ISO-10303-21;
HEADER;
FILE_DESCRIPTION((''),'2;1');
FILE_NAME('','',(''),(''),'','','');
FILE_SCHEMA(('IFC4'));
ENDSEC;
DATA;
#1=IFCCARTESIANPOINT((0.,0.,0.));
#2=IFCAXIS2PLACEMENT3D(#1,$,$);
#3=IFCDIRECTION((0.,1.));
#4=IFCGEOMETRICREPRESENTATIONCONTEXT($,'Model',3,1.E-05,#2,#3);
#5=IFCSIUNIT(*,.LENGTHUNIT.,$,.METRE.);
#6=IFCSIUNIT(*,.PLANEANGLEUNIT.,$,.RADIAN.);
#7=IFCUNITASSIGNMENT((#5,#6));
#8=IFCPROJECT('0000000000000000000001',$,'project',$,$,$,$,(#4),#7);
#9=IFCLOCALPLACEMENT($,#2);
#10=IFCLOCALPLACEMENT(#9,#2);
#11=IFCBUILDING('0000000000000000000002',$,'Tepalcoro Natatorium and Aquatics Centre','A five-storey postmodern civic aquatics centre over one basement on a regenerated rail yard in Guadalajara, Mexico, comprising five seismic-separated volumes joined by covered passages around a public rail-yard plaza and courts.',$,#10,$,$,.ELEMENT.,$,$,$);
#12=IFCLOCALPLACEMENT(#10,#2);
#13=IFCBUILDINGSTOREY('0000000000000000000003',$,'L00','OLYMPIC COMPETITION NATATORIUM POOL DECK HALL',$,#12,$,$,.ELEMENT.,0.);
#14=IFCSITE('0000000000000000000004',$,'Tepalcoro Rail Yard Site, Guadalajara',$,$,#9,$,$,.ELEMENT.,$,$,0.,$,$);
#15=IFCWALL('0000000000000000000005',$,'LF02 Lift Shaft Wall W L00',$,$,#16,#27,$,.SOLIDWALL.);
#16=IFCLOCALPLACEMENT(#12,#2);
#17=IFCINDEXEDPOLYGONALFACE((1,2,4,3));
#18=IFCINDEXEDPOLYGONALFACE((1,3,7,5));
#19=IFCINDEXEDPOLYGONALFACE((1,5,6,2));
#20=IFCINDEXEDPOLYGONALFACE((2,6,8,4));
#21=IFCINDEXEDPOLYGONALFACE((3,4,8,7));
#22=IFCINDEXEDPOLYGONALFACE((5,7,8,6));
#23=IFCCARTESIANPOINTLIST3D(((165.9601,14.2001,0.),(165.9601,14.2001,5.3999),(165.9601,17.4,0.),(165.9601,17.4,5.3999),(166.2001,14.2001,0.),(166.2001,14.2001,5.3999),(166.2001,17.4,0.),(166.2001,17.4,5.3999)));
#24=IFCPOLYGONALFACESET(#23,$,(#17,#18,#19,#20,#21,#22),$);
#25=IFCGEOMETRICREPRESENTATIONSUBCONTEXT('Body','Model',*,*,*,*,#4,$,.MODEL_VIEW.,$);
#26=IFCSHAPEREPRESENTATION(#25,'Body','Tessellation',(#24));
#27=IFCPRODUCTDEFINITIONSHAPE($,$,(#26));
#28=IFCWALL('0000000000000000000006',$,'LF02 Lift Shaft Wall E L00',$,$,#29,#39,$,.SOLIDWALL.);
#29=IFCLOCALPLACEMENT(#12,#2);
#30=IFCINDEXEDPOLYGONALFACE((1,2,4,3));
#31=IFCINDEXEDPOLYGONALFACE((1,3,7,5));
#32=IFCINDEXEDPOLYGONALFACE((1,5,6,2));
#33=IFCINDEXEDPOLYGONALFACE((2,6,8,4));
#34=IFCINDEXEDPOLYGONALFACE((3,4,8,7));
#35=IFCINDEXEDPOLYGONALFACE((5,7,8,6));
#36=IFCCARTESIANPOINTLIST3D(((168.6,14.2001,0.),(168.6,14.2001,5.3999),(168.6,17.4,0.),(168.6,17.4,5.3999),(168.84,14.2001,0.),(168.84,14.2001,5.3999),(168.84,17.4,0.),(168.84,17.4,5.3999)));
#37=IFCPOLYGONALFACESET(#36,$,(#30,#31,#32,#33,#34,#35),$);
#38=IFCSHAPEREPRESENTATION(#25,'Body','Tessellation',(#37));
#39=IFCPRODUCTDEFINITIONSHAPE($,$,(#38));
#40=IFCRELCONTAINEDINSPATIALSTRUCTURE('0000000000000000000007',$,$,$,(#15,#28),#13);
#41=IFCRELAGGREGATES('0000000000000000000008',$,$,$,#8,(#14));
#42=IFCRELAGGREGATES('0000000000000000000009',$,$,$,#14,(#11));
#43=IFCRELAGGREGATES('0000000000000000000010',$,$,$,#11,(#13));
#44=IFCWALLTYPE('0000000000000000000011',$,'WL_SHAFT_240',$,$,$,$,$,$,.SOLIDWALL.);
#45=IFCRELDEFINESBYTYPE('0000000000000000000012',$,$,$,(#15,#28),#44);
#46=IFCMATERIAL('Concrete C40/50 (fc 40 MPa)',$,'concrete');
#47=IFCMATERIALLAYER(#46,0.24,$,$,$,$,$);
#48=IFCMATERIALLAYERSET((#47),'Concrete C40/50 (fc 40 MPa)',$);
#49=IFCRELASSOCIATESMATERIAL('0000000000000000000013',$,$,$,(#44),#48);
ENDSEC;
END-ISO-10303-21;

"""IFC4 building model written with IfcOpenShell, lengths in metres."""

from ifc_helpers import new_model, si_unit, direction, frame, frame_2d, origin, place, context, subcontext, project, spatial, rectangle, extrude, material, layer, layer_set, type_object, element, save


model = new_model("IFC4")

# Units and contexts
model_context = context("Model", 3, precision=1e-05, world=origin(), true_north=direction((0.0, 1.0)))
body_context = subcontext(model_context, "Body", "Model", "MODEL_VIEW")
ifc_project = project(units=[si_unit("LENGTHUNIT", "METRE"), si_unit("PLANEANGLEUNIT", "RADIAN")], contexts=[model_context])

# Site, building, storey
site_placement = place(None, origin())
site = spatial("IfcSite", under=ifc_project, at=site_placement, Name="Tepalcoro Rail Yard Site, Guadalajara", CompositionType="ELEMENT", RefElevation=0.0)
building_placement = place(site_placement, origin())
building = spatial("IfcBuilding", under=site, at=building_placement, Name="Tepalcoro Natatorium and Aquatics Centre", Description="A five-storey postmodern civic aquatics centre over one basement on a regenerated rail yard in Guadalajara, Mexico, comprising five seismic-separated volumes joined by covered passages around a public rail-yard plaza and courts.", CompositionType="ELEMENT")
storey_placement = place(building_placement, origin())
storey = spatial("IfcBuildingStorey", under=building, at=storey_placement, Name="L00", Description="OLYMPIC COMPETITION NATATORIUM POOL DECK HALL", CompositionType="ELEMENT", Elevation=0.0)

# Shared definitions
ifc_material_1 = material(Name="Concrete C40/50 (fc 40 MPa)", Category="concrete")

# Shared definitions
ifc_layer_1 = layer(ifc_material_1, 0.24)
ifc_layer_set_1 = layer_set([ifc_layer_1], Name="Concrete C40/50 (fc 40 MPa)")
wall_type_1 = type_object("IfcWallType", Name="WL_SHAFT_240", PredefinedType="SOLIDWALL", material=ifc_layer_set_1)

# Walls
for number, where, z_axis, x_axis, name in (
    (1, (166.0801, 14.2, 0.0), (0.0, 0.0, 1.0), (0.0, 1.0, 0.0), "LF02 Lift Shaft Wall W L00"),
    (2, (168.72, 14.2, 0.0), (0.0, 0.0, 1.0), (0.0, 1.0, 0.0), "LF02 Lift Shaft Wall E L00"),
):
    element("IfcWall", number, at=place(storey_placement, frame(where, z_axis=z_axis, x_axis=x_axis)), inside=storey, type_object=wall_type_1, Name=name, PredefinedType="SOLIDWALL", context=body_context, shape_type="SweptSolid", body=[
        extrude(rectangle(XDim=3.2, YDim=0.24, at=frame_2d((1.6001, 0.0))), origin(), (0.0, 0.0, 1.0), 5.3999),
    ])

save(model, "model.ifc")
